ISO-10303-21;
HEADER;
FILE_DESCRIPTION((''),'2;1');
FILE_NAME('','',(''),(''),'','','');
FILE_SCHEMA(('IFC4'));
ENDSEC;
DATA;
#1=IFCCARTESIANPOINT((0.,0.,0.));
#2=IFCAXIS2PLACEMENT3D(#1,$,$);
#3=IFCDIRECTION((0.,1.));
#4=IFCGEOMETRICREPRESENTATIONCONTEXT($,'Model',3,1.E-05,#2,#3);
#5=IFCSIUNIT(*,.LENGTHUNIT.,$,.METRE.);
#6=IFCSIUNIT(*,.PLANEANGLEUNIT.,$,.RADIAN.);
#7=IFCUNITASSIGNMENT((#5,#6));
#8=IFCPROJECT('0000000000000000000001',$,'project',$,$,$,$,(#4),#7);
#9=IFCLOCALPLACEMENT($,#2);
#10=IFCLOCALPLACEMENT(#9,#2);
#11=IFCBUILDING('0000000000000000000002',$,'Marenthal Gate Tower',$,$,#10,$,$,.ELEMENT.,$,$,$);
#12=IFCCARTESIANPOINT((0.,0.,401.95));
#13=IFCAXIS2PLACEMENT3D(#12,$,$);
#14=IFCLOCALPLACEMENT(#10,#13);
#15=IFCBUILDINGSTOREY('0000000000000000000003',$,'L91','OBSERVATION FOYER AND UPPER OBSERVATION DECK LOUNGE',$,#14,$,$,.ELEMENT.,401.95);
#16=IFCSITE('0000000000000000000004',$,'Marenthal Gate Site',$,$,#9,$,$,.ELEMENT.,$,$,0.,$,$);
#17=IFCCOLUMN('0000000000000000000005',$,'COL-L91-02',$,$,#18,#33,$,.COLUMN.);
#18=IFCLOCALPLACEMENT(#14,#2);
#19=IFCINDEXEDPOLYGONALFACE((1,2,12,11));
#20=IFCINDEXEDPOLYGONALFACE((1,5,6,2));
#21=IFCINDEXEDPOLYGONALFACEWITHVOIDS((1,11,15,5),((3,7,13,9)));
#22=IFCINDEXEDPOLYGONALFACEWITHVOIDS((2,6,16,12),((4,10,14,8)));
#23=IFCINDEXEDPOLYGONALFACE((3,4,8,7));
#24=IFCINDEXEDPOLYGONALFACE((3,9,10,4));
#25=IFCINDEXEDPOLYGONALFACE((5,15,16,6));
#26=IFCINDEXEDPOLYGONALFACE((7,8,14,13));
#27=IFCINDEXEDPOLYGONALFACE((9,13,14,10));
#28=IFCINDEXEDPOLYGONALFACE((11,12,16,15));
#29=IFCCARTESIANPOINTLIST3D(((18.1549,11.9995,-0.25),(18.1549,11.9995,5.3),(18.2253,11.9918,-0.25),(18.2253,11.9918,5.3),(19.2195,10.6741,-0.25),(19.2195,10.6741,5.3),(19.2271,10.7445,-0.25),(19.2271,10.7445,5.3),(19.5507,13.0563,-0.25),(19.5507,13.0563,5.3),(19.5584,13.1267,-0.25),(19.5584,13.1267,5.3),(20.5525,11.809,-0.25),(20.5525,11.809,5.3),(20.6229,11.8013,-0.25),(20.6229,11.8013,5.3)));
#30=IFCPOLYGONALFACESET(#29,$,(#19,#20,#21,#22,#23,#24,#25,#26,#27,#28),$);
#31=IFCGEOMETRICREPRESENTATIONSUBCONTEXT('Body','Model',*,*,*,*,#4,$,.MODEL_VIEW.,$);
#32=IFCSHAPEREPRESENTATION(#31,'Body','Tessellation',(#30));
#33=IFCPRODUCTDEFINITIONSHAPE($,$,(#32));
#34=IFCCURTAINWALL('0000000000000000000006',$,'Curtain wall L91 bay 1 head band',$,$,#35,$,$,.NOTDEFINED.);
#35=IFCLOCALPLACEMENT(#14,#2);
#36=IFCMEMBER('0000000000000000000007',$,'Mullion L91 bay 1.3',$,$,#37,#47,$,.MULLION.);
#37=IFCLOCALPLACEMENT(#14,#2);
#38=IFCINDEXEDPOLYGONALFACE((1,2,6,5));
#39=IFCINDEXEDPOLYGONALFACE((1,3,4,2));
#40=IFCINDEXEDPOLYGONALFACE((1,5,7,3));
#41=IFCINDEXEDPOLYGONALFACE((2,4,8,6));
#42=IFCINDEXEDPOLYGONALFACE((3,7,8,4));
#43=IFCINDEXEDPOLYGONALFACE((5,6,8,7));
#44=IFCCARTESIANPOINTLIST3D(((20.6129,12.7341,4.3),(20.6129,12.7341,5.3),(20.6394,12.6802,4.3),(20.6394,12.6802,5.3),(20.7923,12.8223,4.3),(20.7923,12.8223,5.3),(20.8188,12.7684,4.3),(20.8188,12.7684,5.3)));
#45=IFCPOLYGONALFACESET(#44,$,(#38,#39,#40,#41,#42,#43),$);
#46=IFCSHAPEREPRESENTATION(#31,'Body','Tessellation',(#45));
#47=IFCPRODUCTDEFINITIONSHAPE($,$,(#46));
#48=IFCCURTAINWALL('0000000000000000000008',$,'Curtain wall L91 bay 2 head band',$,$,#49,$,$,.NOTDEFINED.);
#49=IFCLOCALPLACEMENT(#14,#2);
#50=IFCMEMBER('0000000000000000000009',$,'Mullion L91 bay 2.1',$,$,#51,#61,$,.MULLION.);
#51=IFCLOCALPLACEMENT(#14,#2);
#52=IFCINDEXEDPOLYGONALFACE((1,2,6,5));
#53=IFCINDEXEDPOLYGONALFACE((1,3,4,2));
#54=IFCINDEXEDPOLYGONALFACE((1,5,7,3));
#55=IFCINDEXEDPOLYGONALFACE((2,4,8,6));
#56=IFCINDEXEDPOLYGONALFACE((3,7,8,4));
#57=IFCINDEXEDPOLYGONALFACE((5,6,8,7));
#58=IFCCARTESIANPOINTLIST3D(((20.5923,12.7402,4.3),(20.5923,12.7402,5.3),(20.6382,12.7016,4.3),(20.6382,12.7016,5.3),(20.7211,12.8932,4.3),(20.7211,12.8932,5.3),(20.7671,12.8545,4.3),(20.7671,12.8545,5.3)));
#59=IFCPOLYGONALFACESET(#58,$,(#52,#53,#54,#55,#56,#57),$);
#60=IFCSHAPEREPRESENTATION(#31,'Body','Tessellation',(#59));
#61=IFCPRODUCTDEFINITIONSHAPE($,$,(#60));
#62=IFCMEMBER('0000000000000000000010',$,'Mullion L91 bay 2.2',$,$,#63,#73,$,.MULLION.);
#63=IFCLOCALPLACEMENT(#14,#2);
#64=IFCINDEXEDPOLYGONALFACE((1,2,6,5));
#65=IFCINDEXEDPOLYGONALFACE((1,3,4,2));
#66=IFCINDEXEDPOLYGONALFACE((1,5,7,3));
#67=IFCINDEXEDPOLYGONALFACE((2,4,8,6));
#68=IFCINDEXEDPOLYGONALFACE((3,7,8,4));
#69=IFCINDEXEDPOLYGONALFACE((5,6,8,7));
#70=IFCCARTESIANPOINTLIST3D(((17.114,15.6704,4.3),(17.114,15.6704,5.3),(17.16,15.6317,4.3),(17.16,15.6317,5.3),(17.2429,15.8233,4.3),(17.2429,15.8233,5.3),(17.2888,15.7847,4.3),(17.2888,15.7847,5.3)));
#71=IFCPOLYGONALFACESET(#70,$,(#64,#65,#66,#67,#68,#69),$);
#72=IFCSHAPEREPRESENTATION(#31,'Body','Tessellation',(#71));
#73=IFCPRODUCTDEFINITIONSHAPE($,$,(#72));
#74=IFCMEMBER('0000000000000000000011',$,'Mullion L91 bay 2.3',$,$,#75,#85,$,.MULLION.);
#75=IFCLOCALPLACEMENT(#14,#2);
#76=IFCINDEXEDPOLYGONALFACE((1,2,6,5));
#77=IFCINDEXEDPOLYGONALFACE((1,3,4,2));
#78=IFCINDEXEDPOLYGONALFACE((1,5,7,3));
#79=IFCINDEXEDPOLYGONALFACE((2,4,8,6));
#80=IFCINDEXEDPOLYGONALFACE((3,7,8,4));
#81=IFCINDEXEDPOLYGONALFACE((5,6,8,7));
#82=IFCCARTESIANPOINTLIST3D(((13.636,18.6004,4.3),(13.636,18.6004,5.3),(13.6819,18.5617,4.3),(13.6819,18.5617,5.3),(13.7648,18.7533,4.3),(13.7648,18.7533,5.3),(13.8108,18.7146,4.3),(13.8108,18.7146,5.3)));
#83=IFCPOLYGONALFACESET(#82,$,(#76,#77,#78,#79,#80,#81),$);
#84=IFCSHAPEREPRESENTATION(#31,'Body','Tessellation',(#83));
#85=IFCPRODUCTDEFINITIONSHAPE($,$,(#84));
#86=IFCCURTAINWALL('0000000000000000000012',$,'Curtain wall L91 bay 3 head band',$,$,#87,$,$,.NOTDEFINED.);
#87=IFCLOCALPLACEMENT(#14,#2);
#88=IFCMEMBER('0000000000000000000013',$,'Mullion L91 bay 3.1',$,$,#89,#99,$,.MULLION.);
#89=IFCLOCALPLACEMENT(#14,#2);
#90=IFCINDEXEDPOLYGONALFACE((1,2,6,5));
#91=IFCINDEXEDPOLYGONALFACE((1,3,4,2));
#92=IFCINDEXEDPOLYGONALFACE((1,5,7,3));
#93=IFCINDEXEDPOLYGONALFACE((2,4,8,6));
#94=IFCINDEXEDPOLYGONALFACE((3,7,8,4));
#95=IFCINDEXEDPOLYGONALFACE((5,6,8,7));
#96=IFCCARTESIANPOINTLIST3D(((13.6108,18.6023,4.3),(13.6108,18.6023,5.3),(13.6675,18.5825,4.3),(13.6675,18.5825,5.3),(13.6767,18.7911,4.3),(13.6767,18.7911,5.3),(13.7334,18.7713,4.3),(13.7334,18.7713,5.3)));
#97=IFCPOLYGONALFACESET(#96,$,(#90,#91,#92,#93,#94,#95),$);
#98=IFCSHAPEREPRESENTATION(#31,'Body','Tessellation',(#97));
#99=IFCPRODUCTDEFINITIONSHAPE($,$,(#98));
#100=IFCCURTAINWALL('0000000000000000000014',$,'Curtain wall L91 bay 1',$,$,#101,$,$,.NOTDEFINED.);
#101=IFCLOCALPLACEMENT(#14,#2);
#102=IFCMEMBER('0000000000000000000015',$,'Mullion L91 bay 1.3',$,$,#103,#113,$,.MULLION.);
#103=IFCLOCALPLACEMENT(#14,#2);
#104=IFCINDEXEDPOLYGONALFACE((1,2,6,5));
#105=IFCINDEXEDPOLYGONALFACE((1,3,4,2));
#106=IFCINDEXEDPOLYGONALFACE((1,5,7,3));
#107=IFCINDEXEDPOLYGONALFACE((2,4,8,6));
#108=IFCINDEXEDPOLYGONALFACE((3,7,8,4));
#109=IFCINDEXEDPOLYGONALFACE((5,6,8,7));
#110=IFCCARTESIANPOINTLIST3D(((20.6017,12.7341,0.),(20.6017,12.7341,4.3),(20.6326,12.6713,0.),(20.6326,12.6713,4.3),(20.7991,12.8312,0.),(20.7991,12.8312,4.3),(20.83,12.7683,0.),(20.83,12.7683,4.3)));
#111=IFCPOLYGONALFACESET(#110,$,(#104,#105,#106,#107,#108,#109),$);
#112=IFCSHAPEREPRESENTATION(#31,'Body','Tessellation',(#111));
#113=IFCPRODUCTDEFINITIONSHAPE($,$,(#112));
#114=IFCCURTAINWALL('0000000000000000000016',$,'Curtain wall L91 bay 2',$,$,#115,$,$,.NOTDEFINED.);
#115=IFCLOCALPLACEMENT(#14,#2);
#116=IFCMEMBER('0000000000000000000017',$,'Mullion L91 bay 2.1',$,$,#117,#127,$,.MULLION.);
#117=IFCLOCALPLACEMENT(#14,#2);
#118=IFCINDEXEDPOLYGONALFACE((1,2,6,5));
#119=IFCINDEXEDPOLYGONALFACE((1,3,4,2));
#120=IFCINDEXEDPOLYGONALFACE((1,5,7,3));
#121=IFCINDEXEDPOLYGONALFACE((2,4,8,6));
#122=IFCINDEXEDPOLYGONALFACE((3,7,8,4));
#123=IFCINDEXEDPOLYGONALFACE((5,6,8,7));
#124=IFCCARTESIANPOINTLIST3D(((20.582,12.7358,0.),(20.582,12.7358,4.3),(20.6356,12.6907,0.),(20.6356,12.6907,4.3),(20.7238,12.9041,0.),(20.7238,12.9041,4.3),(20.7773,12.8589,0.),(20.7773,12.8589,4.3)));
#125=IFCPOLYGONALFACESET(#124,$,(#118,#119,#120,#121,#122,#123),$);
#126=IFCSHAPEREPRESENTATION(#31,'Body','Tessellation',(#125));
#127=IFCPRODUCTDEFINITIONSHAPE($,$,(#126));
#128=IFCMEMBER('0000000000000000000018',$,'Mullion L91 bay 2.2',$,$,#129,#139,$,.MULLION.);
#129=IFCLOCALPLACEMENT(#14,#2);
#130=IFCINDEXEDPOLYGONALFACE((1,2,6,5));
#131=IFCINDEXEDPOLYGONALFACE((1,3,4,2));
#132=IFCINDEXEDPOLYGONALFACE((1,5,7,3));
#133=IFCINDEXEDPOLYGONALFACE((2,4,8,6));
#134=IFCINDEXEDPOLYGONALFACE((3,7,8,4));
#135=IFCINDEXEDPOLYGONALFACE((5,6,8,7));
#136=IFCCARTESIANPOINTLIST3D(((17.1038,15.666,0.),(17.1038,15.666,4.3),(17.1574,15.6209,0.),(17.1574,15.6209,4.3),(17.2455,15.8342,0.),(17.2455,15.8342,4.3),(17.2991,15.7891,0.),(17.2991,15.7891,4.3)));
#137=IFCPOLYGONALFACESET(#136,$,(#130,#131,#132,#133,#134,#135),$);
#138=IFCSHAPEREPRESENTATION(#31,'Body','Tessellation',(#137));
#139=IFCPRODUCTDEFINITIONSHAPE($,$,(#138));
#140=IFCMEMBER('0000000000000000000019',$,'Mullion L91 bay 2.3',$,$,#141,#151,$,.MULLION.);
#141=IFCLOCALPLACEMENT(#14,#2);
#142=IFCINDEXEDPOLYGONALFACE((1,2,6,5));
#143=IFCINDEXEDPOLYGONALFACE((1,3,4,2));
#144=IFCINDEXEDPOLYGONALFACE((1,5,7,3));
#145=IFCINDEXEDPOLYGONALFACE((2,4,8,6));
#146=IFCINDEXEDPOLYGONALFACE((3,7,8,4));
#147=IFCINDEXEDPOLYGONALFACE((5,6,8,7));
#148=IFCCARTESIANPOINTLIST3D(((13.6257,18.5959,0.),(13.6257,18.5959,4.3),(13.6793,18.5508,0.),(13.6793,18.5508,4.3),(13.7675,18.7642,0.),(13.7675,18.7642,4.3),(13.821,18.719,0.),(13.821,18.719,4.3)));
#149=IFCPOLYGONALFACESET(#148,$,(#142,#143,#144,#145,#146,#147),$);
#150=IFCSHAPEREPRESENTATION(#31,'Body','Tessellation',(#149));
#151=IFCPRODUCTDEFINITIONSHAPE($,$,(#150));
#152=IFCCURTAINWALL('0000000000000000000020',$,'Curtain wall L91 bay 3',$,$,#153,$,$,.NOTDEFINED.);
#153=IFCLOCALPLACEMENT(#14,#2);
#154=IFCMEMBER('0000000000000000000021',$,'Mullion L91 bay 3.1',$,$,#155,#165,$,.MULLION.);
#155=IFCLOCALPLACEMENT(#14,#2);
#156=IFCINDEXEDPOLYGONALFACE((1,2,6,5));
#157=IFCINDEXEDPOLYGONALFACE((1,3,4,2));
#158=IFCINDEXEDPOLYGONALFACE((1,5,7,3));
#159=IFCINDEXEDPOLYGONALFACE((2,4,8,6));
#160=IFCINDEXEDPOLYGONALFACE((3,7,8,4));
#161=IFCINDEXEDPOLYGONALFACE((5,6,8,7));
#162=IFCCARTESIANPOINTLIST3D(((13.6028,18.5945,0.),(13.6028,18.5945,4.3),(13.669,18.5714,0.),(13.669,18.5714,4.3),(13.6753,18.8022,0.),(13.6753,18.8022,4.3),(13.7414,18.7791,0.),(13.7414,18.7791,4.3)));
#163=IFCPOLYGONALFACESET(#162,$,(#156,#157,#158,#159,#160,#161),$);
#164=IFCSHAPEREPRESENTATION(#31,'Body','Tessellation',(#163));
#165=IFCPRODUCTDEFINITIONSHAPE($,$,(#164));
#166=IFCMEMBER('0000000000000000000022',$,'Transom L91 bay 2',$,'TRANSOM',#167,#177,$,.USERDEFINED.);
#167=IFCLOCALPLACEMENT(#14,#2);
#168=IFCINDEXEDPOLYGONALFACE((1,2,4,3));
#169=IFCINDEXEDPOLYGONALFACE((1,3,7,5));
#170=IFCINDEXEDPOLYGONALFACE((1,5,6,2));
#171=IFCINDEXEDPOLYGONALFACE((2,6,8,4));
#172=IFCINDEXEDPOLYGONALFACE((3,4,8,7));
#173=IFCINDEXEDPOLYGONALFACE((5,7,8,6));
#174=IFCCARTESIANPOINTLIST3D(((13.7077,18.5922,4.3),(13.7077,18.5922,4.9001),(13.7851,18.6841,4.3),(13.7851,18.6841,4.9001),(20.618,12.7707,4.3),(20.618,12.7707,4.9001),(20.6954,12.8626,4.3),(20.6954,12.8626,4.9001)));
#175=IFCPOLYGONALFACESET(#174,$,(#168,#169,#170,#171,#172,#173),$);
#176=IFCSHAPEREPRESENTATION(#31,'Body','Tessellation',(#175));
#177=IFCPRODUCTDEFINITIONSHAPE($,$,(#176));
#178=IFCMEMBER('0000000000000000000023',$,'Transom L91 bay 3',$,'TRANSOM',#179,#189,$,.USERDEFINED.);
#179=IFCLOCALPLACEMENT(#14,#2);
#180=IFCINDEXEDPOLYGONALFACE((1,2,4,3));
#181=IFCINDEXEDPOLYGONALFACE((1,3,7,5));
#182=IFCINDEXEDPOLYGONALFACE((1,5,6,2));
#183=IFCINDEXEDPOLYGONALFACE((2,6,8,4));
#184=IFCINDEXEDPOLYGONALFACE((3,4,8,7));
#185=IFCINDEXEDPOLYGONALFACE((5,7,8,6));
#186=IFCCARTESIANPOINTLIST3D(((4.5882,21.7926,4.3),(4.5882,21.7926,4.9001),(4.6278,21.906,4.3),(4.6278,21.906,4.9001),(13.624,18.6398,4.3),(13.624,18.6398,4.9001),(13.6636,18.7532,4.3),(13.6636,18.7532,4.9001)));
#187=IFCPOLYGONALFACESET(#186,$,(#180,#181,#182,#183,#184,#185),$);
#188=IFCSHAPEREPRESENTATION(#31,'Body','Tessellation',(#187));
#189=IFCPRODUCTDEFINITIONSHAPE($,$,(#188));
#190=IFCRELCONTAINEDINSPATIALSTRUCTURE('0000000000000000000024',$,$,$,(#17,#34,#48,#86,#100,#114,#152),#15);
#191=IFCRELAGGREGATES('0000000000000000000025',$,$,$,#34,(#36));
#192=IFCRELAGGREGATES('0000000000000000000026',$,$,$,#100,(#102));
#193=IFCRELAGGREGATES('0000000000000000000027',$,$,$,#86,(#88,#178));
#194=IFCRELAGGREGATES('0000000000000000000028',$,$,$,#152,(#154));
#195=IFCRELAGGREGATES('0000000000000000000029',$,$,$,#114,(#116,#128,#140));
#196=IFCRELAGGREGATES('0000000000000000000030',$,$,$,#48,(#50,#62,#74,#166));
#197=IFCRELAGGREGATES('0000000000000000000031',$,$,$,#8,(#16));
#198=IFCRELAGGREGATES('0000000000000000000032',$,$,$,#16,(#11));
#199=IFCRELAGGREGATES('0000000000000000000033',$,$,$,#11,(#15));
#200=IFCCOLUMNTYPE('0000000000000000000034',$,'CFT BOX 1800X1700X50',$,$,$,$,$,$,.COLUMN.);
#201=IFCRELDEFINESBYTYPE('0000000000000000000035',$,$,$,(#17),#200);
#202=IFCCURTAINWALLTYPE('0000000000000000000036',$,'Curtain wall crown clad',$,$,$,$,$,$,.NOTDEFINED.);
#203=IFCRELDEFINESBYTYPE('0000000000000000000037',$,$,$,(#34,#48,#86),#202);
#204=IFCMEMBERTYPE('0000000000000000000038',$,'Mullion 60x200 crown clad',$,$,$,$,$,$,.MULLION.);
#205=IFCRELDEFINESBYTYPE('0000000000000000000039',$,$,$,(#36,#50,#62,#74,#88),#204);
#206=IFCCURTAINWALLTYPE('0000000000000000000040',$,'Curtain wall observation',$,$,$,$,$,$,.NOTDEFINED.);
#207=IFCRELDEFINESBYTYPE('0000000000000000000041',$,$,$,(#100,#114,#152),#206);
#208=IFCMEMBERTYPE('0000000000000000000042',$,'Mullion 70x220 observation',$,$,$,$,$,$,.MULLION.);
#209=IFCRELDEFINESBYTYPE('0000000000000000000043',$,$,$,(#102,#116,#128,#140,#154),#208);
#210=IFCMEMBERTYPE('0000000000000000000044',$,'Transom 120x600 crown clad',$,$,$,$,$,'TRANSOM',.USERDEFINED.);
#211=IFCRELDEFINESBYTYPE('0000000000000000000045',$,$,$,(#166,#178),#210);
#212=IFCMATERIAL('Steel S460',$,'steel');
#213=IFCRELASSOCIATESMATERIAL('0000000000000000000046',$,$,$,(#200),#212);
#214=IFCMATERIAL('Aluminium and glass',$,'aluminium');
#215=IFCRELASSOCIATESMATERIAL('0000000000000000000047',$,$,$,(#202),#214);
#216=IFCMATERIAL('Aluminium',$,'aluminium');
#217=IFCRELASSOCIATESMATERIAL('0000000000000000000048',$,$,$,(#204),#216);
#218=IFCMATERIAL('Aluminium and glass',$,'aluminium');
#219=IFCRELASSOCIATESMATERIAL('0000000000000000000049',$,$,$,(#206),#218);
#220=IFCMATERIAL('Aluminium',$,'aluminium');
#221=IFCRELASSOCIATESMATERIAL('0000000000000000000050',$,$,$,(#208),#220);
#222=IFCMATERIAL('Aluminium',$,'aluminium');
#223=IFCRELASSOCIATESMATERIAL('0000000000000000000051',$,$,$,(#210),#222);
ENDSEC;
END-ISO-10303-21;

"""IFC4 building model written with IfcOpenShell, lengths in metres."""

from ifc_helpers import new_model, si_unit, direction, frame, origin, origin_2d, place, context, subcontext, project, spatial, rectangle, hollow_rectangle, extrude, material, material_profile, profile_set, type_object, element, aggregate, save


model = new_model("IFC4")

# Units and contexts
model_context = context("Model", 3, precision=1e-05, world=origin(), true_north=direction((0.0, 1.0)))
body_context = subcontext(model_context, "Body", "Model", "MODEL_VIEW")
ifc_project = project(units=[si_unit("LENGTHUNIT", "METRE"), si_unit("PLANEANGLEUNIT", "RADIAN")], contexts=[model_context])

# Site, building, storey
site_placement = place(None, origin())
site = spatial("IfcSite", under=ifc_project, at=site_placement, Name="Marenthal Gate Site", CompositionType="ELEMENT", RefElevation=0.0)
building_placement = place(site_placement, origin())
building = spatial("IfcBuilding", under=site, at=building_placement, Name="Marenthal Gate Tower", CompositionType="ELEMENT")
storey_placement = place(building_placement, frame((0.0, 0.0, 401.95)))
storey = spatial("IfcBuildingStorey", under=building, at=storey_placement, Name="L91", Description="OBSERVATION FOYER AND UPPER OBSERVATION DECK LOUNGE", CompositionType="ELEMENT", Elevation=401.95)

# Column
ifc_material_1 = material(Name="Steel S460", Category="steel")
ifc_material_profile_1 = material_profile(ifc_material_1, hollow_rectangle(XDim=1.7, YDim=1.8, WallThickness=0.05, at=origin_2d()), Name="CFT BOX 1800X1700X50")
ifc_material_2 = material(Name="Concrete 70 MPa", Category="concrete")
ifc_material_profile_2 = material_profile(ifc_material_2, rectangle(XDim=1.6001, YDim=1.7, at=origin_2d()), Name="CFT BOX 1800X1700X50 INFILL")
ifc_profile_set_1 = profile_set([ifc_material_profile_1, ifc_material_profile_2], Name="Steel S460 shell, Concrete 70 MPa infill")
column_type = type_object("IfcColumnType", Name="CFT BOX 1800X1700X50", PredefinedType="COLUMN", material=ifc_profile_set_1)
column_placement = place(storey_placement, frame((19.3889, 11.9004, -0.25), z_axis=(0.0, 0.0, 1.0), x_axis=(0.626198, -0.779664, 0.0)))
element("IfcColumn", 1, at=column_placement, inside=storey, type_object=column_type, Name="COL-L91-02", PredefinedType="COLUMN", context=body_context, shape_type="SweptSolid", body=[
    extrude(hollow_rectangle(XDim=1.7, YDim=1.8, WallThickness=0.05, at=origin_2d()), origin(), (0.0, 0.0, 1.0), 5.55),
])

# Curtain wall, member
ifc_material_3 = material(Name="Aluminium and glass", Category="aluminium")
curtain_wall_type_1 = type_object("IfcCurtainWallType", Name="Curtain wall crown clad", PredefinedType="NOTDEFINED", material=ifc_material_3)
curtain_wall_1_placement = place(storey_placement, origin())
curtain_wall_1 = element("IfcCurtainWall", 2, at=curtain_wall_1_placement, inside=storey, type_object=curtain_wall_type_1, Name="Curtain wall L91 bay 1 head band", PredefinedType="NOTDEFINED")
ifc_material_4 = material(Name="Aluminium", Category="aluminium")
ifc_material_profile_3 = material_profile(ifc_material_4, rectangle(XDim=0.2, YDim=0.0601, at=origin_2d()), Name="60x200 aluminium mullion")
ifc_profile_set_2 = profile_set([ifc_material_profile_3], Name="Aluminium")
member_type_1 = type_object("IfcMemberType", Name="Mullion 60x200 crown clad", PredefinedType="MULLION", material=ifc_profile_set_2)
member_1_placement = place(storey_placement, frame((20.7158, 12.7512, 4.3), z_axis=(0.0, 0.0, 1.0), x_axis=(-0.897386, -0.441247, 0.0)))
member_1 = element("IfcMember", 3, at=member_1_placement, type_object=member_type_1, Name="Mullion L91 bay 1.3", PredefinedType="MULLION", context=body_context, shape_type="SweptSolid", body=[
    extrude(rectangle(XDim=0.2, YDim=0.0601, at=origin_2d()), origin(), (0.0, 0.0, 1.0), 1.0),
])
aggregate(curtain_wall_1, [member_1])

# Curtain wall, members
curtain_wall_2_placement = place(storey_placement, origin())
curtain_wall_2 = element("IfcCurtainWall", 4, at=curtain_wall_2_placement, inside=storey, type_object=curtain_wall_type_1, Name="Curtain wall L91 bay 2 head band", PredefinedType="NOTDEFINED")
member_2_placement = place(storey_placement, frame((20.6797, 12.7974, 4.3), z_axis=(0.0, 0.0, 1.0), x_axis=(-0.644265, -0.764802, 0.0)))
member_2 = element("IfcMember", 5, at=member_2_placement, type_object=member_type_1, Name="Mullion L91 bay 2.1", PredefinedType="MULLION", context=body_context, shape_type="SweptSolid", body=[
    extrude(rectangle(XDim=0.2, YDim=0.0601, at=origin_2d()), origin(), (0.0, 0.0, 1.0), 1.0),
])
member_3_placement = place(storey_placement, frame((17.2014, 15.7275, 4.3), z_axis=(0.0, 0.0, 1.0), x_axis=(-0.644265, -0.764802, 0.0)))
member_3 = element("IfcMember", 6, at=member_3_placement, type_object=member_type_1, Name="Mullion L91 bay 2.2", PredefinedType="MULLION", context=body_context, shape_type="SweptSolid", body=[
    extrude(rectangle(XDim=0.2, YDim=0.0601, at=origin_2d()), origin(), (0.0, 0.0, 1.0), 1.0),
])
member_4_placement = place(storey_placement, frame((13.7234, 18.6575, 4.3), z_axis=(0.0, 0.0, 1.0), x_axis=(-0.644265, -0.764802, 0.0)))
member_4 = element("IfcMember", 7, at=member_4_placement, type_object=member_type_1, Name="Mullion L91 bay 2.3", PredefinedType="MULLION", context=body_context, shape_type="SweptSolid", body=[
    extrude(rectangle(XDim=0.2, YDim=0.0601, at=origin_2d()), origin(), (0.0, 0.0, 1.0), 1.0),
])

# Curtain walls, members
curtain_wall_3_placement = place(storey_placement, origin())
curtain_wall_3 = element("IfcCurtainWall", 8, at=curtain_wall_3_placement, inside=storey, type_object=curtain_wall_type_1, Name="Curtain wall L91 bay 3 head band", PredefinedType="NOTDEFINED")
member_5_placement = place(storey_placement, frame((13.6721, 18.6868, 4.3), z_axis=(0.0, 0.0, 1.0), x_axis=(-0.329454, -0.944172, 0.0)))
member_5 = element("IfcMember", 9, at=member_5_placement, type_object=member_type_1, Name="Mullion L91 bay 3.1", PredefinedType="MULLION", context=body_context, shape_type="SweptSolid", body=[
    extrude(rectangle(XDim=0.2, YDim=0.0601, at=origin_2d()), origin(), (0.0, 0.0, 1.0), 1.0),
])
ifc_material_5 = material(Name="Aluminium and glass", Category="aluminium")
curtain_wall_type_2 = type_object("IfcCurtainWallType", Name="Curtain wall observation", PredefinedType="NOTDEFINED", material=ifc_material_5)
curtain_wall_4_placement = place(storey_placement, origin())
curtain_wall_4 = element("IfcCurtainWall", 10, at=curtain_wall_4_placement, inside=storey, type_object=curtain_wall_type_2, Name="Curtain wall L91 bay 1", PredefinedType="NOTDEFINED")
ifc_material_6 = material(Name="Aluminium", Category="aluminium")
ifc_material_profile_4 = material_profile(ifc_material_6, rectangle(XDim=0.22, YDim=0.0701, at=origin_2d()), Name="70x220 aluminium mullion")
ifc_profile_set_3 = profile_set([ifc_material_profile_4], Name="Aluminium")
member_type_2 = type_object("IfcMemberType", Name="Mullion 70x220 observation", PredefinedType="MULLION", material=ifc_profile_set_3)
member_6_placement = place(storey_placement, frame((20.7158, 12.7512, 0.0), z_axis=(0.0, 0.0, 1.0), x_axis=(-0.897386, -0.441247, 0.0)))
member_6 = element("IfcMember", 11, at=member_6_placement, type_object=member_type_2, Name="Mullion L91 bay 1.3", PredefinedType="MULLION", context=body_context, shape_type="SweptSolid", body=[
    extrude(rectangle(XDim=0.22, YDim=0.0701, at=origin_2d()), origin(), (0.0, 0.0, 1.0), 4.3),
])
aggregate(curtain_wall_4, [member_6])

# Curtain wall, members
curtain_wall_5_placement = place(storey_placement, origin())
curtain_wall_5 = element("IfcCurtainWall", 12, at=curtain_wall_5_placement, inside=storey, type_object=curtain_wall_type_2, Name="Curtain wall L91 bay 2", PredefinedType="NOTDEFINED")
member_7_placement = place(storey_placement, frame((20.6797, 12.7974, 0.0), z_axis=(0.0, 0.0, 1.0), x_axis=(-0.644265, -0.764802, 0.0)))
member_7 = element("IfcMember", 13, at=member_7_placement, type_object=member_type_2, Name="Mullion L91 bay 2.1", PredefinedType="MULLION", context=body_context, shape_type="SweptSolid", body=[
    extrude(rectangle(XDim=0.22, YDim=0.0701, at=origin_2d()), origin(), (0.0, 0.0, 1.0), 4.3),
])
member_8_placement = place(storey_placement, frame((17.2014, 15.7275, 0.0), z_axis=(0.0, 0.0, 1.0), x_axis=(-0.644265, -0.764802, 0.0)))
member_8 = element("IfcMember", 14, at=member_8_placement, type_object=member_type_2, Name="Mullion L91 bay 2.2", PredefinedType="MULLION", context=body_context, shape_type="SweptSolid", body=[
    extrude(rectangle(XDim=0.22, YDim=0.0701, at=origin_2d()), origin(), (0.0, 0.0, 1.0), 4.3),
])
member_9_placement = place(storey_placement, frame((13.7234, 18.6575, 0.0), z_axis=(0.0, 0.0, 1.0), x_axis=(-0.644265, -0.764802, 0.0)))
member_9 = element("IfcMember", 15, at=member_9_placement, type_object=member_type_2, Name="Mullion L91 bay 2.3", PredefinedType="MULLION", context=body_context, shape_type="SweptSolid", body=[
    extrude(rectangle(XDim=0.22, YDim=0.0701, at=origin_2d()), origin(), (0.0, 0.0, 1.0), 4.3),
])

# Curtain wall, member
curtain_wall_6_placement = place(storey_placement, origin())
curtain_wall_6 = element("IfcCurtainWall", 16, at=curtain_wall_6_placement, inside=storey, type_object=curtain_wall_type_2, Name="Curtain wall L91 bay 3", PredefinedType="NOTDEFINED")
member_10_placement = place(storey_placement, frame((13.6721, 18.6868, 0.0), z_axis=(0.0, 0.0, 1.0), x_axis=(-0.329454, -0.944172, 0.0)))
member_10 = element("IfcMember", 17, at=member_10_placement, type_object=member_type_2, Name="Mullion L91 bay 3.1", PredefinedType="MULLION", context=body_context, shape_type="SweptSolid", body=[
    extrude(rectangle(XDim=0.22, YDim=0.0701, at=origin_2d()), origin(), (0.0, 0.0, 1.0), 4.3),
])

# Members
ifc_material_7 = material(Name="Aluminium", Category="aluminium")
ifc_material_profile_5 = material_profile(ifc_material_7, rectangle(XDim=0.1201, YDim=0.6001, at=origin_2d()), Name="120x600 aluminium transom")
ifc_profile_set_4 = profile_set([ifc_material_profile_5], Name="Aluminium")
member_type_3 = type_object("IfcMemberType", Name="Transom 120x600 crown clad", ElementType="TRANSOM", PredefinedType="USERDEFINED", material=ifc_profile_set_4)
member_11_placement = place(storey_placement, frame((20.6567, 12.8167, 4.6001), z_axis=(-0.764789, 0.644281, 0.0), x_axis=(-0.644281, -0.764789, 0.0)))
member_11 = element("IfcMember", 18, at=member_11_placement, type_object=member_type_3, Name="Transom L91 bay 2", ObjectType="TRANSOM", PredefinedType="USERDEFINED", context=body_context, shape_type="SweptSolid", body=[
    extrude(rectangle(XDim=0.1201, YDim=0.6001, at=origin_2d()), origin(), (0.0, 0.0, 1.0), 9.0356),
])
member_12_placement = place(storey_placement, frame((13.6438, 18.6965, 4.6001), z_axis=(-0.944175, 0.329445, 0.0), x_axis=(-0.329445, -0.944175, 0.0)))
member_12 = element("IfcMember", 19, at=member_12_placement, type_object=member_type_3, Name="Transom L91 bay 3", ObjectType="TRANSOM", PredefinedType="USERDEFINED", context=body_context, shape_type="SweptSolid", body=[
    extrude(rectangle(XDim=0.1201, YDim=0.6001, at=origin_2d()), origin(), (0.0, 0.0, 1.0), 9.5701),
])
aggregate(curtain_wall_3, [member_5, member_12])
aggregate(curtain_wall_6, [member_10])

aggregate(curtain_wall_5, [member_7, member_8, member_9])
aggregate(curtain_wall_2, [member_2, member_3, member_4, member_11])

save(model, "model.ifc")
